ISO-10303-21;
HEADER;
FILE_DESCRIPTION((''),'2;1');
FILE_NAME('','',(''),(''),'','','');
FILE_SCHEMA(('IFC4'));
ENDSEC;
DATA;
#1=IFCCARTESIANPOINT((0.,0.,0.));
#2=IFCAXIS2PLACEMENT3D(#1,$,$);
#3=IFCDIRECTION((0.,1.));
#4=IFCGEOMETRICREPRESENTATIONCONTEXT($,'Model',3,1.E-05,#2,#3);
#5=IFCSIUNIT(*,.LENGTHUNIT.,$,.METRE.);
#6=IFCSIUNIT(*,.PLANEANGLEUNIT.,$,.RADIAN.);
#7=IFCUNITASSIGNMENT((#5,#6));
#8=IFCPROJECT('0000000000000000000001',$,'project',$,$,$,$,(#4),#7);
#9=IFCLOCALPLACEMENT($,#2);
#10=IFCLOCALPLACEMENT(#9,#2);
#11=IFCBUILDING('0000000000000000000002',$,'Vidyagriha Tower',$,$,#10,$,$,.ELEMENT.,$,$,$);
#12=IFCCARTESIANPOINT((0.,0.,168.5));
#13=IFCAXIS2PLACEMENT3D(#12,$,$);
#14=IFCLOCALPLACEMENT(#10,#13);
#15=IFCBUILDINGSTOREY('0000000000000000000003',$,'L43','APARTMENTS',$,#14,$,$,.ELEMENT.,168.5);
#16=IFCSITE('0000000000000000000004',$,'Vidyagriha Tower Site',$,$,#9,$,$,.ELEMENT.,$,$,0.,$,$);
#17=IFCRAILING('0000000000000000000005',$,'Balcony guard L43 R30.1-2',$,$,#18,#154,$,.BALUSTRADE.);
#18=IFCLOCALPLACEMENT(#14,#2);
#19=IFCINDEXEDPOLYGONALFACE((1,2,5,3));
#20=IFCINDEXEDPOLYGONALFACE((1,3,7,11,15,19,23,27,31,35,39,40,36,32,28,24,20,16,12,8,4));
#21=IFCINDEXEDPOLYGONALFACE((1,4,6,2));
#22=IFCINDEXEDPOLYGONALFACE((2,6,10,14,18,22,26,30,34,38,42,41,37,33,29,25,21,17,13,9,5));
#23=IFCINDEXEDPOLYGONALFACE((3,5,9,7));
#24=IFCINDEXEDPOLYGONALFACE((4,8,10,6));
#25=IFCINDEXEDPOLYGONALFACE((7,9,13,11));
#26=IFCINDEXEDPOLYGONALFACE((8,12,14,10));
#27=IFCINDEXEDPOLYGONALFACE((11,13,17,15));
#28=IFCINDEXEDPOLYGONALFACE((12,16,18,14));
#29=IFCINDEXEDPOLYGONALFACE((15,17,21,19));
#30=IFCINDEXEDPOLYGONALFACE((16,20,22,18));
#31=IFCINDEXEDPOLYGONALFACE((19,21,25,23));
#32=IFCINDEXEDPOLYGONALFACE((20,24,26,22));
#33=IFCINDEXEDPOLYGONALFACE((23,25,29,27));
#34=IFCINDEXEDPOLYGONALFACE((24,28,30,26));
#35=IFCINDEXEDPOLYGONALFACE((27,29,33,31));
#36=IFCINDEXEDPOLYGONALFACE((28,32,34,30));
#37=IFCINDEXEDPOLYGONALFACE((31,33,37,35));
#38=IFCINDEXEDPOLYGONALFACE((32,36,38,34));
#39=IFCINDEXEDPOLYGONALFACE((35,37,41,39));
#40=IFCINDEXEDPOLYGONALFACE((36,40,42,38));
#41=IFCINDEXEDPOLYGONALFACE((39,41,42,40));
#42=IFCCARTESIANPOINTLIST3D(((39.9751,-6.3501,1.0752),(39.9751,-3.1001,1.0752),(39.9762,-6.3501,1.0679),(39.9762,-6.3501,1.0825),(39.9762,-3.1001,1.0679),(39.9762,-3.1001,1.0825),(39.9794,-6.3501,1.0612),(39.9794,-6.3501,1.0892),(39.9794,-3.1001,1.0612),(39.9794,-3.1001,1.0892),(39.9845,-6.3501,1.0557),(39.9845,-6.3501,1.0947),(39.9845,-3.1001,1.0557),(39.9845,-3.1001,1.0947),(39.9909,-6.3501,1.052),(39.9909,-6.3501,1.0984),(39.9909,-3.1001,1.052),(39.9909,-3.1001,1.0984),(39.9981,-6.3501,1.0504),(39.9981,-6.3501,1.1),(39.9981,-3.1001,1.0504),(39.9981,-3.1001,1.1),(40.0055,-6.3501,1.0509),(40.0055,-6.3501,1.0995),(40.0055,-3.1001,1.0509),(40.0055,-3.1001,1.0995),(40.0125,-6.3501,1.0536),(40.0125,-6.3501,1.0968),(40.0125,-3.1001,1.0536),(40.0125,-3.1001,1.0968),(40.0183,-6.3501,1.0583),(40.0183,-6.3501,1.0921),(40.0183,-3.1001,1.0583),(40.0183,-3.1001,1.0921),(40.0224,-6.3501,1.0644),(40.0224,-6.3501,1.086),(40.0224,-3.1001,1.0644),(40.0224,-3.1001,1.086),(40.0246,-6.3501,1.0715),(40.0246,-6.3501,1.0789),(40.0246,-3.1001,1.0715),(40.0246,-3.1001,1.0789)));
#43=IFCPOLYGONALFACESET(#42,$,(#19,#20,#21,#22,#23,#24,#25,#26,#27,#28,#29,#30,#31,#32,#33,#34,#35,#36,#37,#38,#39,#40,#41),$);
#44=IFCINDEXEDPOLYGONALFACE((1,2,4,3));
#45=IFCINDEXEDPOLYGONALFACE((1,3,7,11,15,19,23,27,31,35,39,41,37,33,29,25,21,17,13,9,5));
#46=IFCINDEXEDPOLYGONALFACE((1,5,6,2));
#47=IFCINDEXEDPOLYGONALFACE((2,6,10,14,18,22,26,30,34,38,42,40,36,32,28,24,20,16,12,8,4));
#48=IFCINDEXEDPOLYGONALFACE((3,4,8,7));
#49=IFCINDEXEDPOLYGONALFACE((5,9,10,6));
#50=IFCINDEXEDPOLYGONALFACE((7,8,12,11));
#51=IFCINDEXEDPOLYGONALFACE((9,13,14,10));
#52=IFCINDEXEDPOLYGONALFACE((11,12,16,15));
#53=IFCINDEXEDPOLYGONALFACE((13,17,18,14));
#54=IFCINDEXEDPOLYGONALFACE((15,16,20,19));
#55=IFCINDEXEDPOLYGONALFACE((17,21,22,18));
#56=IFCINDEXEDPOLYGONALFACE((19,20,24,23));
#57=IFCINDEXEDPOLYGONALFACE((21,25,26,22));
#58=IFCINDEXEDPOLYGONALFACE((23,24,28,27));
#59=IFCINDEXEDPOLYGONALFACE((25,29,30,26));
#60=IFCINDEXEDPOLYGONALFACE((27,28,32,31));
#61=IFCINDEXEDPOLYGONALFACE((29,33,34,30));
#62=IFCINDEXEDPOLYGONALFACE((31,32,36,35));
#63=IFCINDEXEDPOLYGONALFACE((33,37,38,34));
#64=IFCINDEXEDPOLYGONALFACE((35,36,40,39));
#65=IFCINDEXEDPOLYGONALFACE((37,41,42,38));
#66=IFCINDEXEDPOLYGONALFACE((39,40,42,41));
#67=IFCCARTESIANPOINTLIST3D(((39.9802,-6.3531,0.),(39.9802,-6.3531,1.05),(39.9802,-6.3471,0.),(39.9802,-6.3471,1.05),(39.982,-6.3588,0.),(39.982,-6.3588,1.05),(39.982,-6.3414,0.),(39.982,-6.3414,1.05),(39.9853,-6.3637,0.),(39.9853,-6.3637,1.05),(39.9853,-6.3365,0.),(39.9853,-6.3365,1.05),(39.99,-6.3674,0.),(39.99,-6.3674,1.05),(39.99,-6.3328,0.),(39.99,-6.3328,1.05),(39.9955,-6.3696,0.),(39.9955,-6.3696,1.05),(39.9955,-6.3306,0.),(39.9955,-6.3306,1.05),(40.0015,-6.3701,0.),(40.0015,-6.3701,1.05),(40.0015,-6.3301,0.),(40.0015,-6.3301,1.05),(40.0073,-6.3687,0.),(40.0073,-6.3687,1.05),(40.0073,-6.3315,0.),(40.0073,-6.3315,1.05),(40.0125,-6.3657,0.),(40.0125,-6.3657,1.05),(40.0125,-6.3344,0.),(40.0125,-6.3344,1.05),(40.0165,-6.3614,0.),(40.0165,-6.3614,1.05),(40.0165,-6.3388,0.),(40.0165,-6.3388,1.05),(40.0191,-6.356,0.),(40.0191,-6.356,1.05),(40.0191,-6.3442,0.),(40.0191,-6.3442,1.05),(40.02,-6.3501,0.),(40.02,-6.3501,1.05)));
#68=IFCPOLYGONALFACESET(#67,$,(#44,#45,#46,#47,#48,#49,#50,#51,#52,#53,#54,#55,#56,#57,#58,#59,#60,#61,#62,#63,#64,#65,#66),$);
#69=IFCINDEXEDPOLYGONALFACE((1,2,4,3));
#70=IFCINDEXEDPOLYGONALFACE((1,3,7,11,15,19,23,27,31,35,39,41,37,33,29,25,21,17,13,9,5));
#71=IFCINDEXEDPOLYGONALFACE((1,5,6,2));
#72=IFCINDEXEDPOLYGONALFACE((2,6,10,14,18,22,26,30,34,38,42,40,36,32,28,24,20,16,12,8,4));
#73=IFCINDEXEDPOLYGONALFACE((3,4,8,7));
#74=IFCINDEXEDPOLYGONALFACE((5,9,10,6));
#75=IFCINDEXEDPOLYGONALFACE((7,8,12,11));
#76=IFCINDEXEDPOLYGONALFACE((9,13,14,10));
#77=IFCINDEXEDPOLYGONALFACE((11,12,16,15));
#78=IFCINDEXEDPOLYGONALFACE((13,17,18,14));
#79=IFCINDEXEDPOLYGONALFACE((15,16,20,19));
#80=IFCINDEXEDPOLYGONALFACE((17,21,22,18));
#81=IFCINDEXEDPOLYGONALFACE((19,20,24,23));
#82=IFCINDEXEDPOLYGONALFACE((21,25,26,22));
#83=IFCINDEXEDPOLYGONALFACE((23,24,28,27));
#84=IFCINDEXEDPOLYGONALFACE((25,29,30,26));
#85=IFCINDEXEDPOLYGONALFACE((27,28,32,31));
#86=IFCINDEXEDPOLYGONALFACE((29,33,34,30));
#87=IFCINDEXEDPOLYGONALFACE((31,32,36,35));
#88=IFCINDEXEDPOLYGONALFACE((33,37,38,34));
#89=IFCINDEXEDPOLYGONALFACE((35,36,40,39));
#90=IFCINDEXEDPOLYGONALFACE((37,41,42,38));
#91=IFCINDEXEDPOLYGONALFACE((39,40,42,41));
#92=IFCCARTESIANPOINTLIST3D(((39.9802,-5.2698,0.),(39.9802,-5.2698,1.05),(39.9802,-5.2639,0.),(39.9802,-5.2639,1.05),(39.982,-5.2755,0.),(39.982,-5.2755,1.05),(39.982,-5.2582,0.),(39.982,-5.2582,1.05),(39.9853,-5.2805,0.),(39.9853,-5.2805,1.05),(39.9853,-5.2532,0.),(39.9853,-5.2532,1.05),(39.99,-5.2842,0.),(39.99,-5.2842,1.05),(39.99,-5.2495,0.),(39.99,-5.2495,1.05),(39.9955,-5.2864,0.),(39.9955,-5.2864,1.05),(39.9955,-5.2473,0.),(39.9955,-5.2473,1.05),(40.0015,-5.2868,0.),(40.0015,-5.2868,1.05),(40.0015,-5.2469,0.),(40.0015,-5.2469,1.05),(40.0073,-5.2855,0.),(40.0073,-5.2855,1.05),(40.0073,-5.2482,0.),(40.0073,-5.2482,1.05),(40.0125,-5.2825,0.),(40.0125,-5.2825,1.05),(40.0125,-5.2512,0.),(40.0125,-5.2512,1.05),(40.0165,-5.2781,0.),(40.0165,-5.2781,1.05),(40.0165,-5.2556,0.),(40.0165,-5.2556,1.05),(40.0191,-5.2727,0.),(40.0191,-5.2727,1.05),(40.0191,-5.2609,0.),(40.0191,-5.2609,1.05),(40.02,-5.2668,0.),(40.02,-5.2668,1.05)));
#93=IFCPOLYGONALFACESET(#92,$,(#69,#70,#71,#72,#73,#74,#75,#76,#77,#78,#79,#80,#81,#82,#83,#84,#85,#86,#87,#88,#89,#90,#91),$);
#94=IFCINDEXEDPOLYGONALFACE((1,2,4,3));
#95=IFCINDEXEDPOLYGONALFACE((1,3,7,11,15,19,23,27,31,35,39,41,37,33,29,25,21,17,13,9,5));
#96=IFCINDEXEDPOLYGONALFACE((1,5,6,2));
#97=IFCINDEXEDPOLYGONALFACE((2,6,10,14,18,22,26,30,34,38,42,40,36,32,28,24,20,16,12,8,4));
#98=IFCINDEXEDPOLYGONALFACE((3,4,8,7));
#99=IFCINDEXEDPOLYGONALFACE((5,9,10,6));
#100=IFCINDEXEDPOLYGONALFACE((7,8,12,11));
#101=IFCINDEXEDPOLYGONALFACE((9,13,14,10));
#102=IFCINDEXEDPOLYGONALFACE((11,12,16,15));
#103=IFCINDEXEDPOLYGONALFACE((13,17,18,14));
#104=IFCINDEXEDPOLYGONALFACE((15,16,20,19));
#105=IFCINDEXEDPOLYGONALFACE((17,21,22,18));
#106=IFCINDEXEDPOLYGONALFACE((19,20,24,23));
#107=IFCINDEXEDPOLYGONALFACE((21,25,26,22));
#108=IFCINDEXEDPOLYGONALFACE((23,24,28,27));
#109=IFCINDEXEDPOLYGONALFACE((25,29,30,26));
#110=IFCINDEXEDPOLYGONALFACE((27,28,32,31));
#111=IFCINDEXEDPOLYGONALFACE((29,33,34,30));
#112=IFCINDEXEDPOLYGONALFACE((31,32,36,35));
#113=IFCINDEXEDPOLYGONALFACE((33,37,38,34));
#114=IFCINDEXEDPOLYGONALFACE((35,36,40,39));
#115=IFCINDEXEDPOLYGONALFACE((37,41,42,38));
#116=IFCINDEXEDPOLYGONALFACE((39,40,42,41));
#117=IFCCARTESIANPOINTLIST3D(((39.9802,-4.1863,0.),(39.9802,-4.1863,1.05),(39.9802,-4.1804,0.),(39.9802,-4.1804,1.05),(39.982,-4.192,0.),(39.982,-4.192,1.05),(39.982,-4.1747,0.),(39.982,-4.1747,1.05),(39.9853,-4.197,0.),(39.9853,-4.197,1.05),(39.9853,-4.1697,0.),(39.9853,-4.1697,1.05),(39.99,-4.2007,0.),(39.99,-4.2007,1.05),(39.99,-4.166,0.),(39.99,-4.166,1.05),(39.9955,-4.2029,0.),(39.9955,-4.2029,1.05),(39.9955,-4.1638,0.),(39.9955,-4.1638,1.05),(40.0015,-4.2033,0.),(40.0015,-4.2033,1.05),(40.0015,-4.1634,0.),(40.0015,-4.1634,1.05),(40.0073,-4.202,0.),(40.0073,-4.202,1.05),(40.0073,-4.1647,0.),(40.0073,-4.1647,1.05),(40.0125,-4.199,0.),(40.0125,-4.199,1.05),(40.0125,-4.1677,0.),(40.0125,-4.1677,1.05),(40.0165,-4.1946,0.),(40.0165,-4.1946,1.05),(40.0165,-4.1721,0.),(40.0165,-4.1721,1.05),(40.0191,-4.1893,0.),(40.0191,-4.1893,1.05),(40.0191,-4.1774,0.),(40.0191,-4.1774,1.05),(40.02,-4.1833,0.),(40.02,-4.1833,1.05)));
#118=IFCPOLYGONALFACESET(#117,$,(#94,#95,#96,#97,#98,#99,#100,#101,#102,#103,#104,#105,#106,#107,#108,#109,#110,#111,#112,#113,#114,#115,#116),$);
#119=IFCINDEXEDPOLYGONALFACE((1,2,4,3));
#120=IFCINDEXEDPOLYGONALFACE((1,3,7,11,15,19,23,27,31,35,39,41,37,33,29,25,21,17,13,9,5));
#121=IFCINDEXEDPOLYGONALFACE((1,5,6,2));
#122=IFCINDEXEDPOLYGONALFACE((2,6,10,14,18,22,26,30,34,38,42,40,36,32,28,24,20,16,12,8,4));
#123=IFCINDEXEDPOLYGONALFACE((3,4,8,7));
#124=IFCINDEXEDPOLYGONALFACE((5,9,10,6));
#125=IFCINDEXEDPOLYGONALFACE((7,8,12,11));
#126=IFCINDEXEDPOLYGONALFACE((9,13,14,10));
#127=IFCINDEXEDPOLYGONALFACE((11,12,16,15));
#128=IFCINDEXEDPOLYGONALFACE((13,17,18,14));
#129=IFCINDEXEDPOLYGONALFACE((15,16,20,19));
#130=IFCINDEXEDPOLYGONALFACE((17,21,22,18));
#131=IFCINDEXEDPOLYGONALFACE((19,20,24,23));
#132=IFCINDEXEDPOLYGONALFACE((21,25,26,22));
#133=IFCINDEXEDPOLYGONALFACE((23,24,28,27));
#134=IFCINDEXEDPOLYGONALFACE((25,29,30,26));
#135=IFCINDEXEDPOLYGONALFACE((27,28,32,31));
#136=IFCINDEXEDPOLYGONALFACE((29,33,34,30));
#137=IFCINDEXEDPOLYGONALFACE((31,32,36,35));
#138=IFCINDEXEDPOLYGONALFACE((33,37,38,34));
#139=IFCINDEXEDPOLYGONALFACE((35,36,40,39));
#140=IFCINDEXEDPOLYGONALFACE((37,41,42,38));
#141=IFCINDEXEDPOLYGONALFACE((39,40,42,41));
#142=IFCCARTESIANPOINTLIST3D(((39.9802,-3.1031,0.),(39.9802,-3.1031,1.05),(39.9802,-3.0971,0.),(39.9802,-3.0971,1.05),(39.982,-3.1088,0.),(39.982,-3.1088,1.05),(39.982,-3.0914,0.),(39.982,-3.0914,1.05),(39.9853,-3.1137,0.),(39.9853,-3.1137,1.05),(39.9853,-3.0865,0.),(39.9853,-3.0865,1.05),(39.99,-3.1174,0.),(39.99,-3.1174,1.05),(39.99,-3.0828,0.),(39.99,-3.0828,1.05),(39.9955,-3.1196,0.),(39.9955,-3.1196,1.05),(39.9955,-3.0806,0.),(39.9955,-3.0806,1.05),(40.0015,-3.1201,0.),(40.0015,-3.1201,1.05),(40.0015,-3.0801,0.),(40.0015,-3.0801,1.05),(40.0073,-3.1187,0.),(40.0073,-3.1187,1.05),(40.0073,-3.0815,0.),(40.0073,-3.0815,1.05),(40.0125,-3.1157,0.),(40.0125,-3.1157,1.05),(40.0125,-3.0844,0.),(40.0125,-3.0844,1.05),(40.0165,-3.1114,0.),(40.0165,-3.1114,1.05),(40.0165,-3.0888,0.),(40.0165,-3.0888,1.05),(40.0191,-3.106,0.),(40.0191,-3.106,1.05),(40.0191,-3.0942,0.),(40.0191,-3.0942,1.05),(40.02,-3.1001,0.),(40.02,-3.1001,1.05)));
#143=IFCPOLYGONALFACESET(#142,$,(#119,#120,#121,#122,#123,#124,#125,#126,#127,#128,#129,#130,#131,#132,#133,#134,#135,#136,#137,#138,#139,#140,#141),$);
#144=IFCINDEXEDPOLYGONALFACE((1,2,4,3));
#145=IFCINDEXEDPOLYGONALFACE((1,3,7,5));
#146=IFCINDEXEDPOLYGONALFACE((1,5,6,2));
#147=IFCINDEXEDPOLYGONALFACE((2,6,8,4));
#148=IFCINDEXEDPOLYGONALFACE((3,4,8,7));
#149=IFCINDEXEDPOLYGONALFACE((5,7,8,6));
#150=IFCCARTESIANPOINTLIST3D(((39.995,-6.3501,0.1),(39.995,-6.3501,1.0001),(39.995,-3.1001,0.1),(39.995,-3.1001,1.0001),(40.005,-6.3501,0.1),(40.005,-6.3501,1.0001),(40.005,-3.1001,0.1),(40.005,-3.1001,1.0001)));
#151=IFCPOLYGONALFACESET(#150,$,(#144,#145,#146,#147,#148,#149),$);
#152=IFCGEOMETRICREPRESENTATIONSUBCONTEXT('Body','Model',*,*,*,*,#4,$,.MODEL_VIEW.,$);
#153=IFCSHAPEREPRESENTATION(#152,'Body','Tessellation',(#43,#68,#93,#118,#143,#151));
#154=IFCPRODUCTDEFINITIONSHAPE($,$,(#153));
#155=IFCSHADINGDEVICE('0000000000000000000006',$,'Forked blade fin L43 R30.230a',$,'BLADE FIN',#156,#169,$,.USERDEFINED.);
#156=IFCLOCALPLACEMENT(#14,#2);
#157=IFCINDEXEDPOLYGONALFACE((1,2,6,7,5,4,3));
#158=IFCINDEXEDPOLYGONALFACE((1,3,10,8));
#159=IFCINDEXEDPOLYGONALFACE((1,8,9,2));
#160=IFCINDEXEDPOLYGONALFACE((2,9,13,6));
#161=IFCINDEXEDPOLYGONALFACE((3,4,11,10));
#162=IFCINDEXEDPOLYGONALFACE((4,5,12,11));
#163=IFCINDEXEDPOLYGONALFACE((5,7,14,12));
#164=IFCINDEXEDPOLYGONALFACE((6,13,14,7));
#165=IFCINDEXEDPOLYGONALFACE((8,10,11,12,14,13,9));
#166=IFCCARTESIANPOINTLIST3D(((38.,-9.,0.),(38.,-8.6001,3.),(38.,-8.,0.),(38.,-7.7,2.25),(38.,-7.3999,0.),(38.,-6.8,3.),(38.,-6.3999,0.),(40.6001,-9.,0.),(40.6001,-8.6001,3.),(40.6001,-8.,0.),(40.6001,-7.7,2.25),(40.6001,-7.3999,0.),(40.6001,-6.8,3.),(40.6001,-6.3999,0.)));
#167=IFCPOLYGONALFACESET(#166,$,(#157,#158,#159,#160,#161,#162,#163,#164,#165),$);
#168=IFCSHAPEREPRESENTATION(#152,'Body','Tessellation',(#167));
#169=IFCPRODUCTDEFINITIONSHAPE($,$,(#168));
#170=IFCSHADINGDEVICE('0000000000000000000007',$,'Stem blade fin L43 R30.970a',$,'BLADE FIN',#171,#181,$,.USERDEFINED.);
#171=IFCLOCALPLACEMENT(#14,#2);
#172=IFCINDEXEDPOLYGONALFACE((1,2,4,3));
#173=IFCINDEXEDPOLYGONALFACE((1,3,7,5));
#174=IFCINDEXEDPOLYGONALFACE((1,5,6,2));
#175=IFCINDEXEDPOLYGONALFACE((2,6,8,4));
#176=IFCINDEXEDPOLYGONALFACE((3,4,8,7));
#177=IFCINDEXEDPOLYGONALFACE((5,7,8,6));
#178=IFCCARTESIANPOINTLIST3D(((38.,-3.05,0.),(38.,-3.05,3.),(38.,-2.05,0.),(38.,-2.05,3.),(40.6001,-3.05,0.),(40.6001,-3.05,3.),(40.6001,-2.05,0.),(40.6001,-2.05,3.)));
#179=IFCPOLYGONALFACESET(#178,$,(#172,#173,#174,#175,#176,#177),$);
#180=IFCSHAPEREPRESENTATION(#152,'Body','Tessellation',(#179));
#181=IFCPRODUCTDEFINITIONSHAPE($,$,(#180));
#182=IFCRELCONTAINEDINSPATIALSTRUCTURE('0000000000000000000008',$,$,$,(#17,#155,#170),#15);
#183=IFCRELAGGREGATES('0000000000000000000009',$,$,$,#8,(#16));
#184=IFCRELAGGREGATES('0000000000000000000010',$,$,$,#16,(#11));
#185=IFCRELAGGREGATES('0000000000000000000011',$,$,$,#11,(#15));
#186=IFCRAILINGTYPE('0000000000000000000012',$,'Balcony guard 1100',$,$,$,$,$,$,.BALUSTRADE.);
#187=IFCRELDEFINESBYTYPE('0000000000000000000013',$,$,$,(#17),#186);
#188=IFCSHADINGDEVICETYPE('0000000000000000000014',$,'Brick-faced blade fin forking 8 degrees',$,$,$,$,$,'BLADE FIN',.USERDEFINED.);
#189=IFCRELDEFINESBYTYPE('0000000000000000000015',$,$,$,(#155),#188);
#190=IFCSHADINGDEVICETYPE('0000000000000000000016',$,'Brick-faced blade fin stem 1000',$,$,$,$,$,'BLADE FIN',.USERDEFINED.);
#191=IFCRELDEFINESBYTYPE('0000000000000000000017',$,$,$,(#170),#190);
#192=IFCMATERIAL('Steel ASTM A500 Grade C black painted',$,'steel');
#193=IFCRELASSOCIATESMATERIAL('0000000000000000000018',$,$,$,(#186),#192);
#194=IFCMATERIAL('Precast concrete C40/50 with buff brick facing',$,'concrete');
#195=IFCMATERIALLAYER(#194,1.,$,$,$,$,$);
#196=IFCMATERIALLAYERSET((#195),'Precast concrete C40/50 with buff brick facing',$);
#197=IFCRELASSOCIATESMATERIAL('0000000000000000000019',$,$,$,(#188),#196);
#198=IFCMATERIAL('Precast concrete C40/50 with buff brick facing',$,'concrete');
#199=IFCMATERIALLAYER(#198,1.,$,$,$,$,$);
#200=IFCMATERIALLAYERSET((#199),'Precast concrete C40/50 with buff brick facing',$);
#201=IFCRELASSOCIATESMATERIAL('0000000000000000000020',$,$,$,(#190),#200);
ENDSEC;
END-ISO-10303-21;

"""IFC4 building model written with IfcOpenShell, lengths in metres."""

from ifc_helpers import new_model, si_unit, direction, frame, origin, origin_2d, place, context, subcontext, project, spatial, polyline, rectangle, circle, outline, extrude, material, layer, layer_set, type_object, element, save


model = new_model("IFC4")

# Units and contexts
model_context = context("Model", 3, precision=1e-05, world=origin(), true_north=direction((0.0, 1.0)))
body_context = subcontext(model_context, "Body", "Model", "MODEL_VIEW")
ifc_project = project(units=[si_unit("LENGTHUNIT", "METRE"), si_unit("PLANEANGLEUNIT", "RADIAN")], contexts=[model_context])

# Site, building, storey
site_placement = place(None, origin())
site = spatial("IfcSite", under=ifc_project, at=site_placement, Name="Vidyagriha Tower Site", CompositionType="ELEMENT", RefElevation=0.0)
building_placement = place(site_placement, origin())
building = spatial("IfcBuilding", under=site, at=building_placement, Name="Vidyagriha Tower", CompositionType="ELEMENT")
storey_placement = place(building_placement, frame((0.0, 0.0, 168.5)))
storey = spatial("IfcBuildingStorey", under=building, at=storey_placement, Name="L43", Description="APARTMENTS", CompositionType="ELEMENT", Elevation=168.5)

# Railing
ifc_material_1 = material(Name="Steel ASTM A500 Grade C black painted", Category="steel")
railing_type = type_object("IfcRailingType", Name="Balcony guard 1100", PredefinedType="BALUSTRADE", material=ifc_material_1)
railing_1_placement = place(storey_placement, frame((40.0, -6.3501, 0.0)))
element("IfcRailing", 1, at=railing_1_placement, inside=storey, type_object=railing_type, Name="Balcony guard L43 R30.1-2", PredefinedType="BALUSTRADE", context=body_context, shape_type="SweptSolid", body=[
    extrude(circle(Radius=0.0249, at=origin_2d()), frame((0.0, 0.0, 1.0752), z_axis=(0.0, 1.0, 0.0), x_axis=(-1.0, 0.0, 0.0)), (0.0, 0.0, 1.0), 3.25),
    extrude(circle(Radius=0.02, at=origin_2d()), origin(), (0.0, 0.0, 1.0), 1.05),
    extrude(circle(Radius=0.02, at=origin_2d()), frame((0.0, 1.0833, 0.0)), (0.0, 0.0, 1.0), 1.05),
    extrude(circle(Radius=0.02, at=origin_2d()), frame((0.0, 2.1667, 0.0)), (0.0, 0.0, 1.0), 1.05),
    extrude(circle(Radius=0.02, at=origin_2d()), frame((0.0, 3.25, 0.0)), (0.0, 0.0, 1.0), 1.05),
    extrude(rectangle(XDim=0.01, YDim=0.9001, at=origin_2d()), frame((0.0, 0.0, 0.55), z_axis=(0.0, 1.0, 0.0), x_axis=(-1.0, 0.0, 0.0)), (0.0, 0.0, 1.0), 3.25),
])

# Shading devices
ifc_material_2 = material(Name="Precast concrete C40/50 with buff brick facing", Category="concrete")
ifc_layer_1 = layer(ifc_material_2, 1.0)
ifc_layer_set_1 = layer_set([ifc_layer_1], Name="Precast concrete C40/50 with buff brick facing")
shading_device_type_1 = type_object("IfcShadingDeviceType", Name="Brick-faced blade fin forking 8 degrees", ElementType="BLADE FIN", PredefinedType="USERDEFINED", material=ifc_layer_set_1)
shading_device_1_placement = place(storey_placement, frame((39.3, -9.0, 0.0), z_axis=(0.0, 0.0, 1.0), x_axis=(0.0, 1.0, 0.0)))
element("IfcShadingDevice", 2, at=shading_device_1_placement, inside=storey, type_object=shading_device_type_1, Name="Forked blade fin L43 R30.230a", ObjectType="BLADE FIN", PredefinedType="USERDEFINED", context=body_context, shape_type="SweptSolid", body=[
    extrude(outline(polyline([(1.0, 0.0), (1.3, 2.25), (1.6001, 0.0), (2.6001, 0.0), (2.2, 3.0), (0.3999, 3.0), (0.0, 0.0), (1.0, 0.0)])), frame((0.0, 1.3, 0.0), z_axis=(0.0, -1.0, 0.0), x_axis=(1.0, 0.0, 0.0)), (0.0, 0.0, 1.0), 2.6001),
])
ifc_material_3 = material(Name="Precast concrete C40/50 with buff brick facing", Category="concrete")
ifc_layer_2 = layer(ifc_material_3, 1.0)
ifc_layer_set_2 = layer_set([ifc_layer_2], Name="Precast concrete C40/50 with buff brick facing")
shading_device_type_2 = type_object("IfcShadingDeviceType", Name="Brick-faced blade fin stem 1000", ElementType="BLADE FIN", PredefinedType="USERDEFINED", material=ifc_layer_set_2)
shading_device_2_placement = place(storey_placement, frame((39.3, -3.05, 0.0), z_axis=(0.0, 0.0, 1.0), x_axis=(0.0, 1.0, 0.0)))
element("IfcShadingDevice", 3, at=shading_device_2_placement, inside=storey, type_object=shading_device_type_2, Name="Stem blade fin L43 R30.970a", ObjectType="BLADE FIN", PredefinedType="USERDEFINED", context=body_context, shape_type="SweptSolid", body=[
    extrude(outline(polyline([(0.0, 0.0), (1.0, 0.0), (1.0, 3.0), (0.0, 3.0), (0.0, 0.0)])), frame((0.0, 1.3, 0.0), z_axis=(0.0, -1.0, 0.0), x_axis=(1.0, 0.0, 0.0)), (0.0, 0.0, 1.0), 2.6001),
])

save(model, "model.ifc")
